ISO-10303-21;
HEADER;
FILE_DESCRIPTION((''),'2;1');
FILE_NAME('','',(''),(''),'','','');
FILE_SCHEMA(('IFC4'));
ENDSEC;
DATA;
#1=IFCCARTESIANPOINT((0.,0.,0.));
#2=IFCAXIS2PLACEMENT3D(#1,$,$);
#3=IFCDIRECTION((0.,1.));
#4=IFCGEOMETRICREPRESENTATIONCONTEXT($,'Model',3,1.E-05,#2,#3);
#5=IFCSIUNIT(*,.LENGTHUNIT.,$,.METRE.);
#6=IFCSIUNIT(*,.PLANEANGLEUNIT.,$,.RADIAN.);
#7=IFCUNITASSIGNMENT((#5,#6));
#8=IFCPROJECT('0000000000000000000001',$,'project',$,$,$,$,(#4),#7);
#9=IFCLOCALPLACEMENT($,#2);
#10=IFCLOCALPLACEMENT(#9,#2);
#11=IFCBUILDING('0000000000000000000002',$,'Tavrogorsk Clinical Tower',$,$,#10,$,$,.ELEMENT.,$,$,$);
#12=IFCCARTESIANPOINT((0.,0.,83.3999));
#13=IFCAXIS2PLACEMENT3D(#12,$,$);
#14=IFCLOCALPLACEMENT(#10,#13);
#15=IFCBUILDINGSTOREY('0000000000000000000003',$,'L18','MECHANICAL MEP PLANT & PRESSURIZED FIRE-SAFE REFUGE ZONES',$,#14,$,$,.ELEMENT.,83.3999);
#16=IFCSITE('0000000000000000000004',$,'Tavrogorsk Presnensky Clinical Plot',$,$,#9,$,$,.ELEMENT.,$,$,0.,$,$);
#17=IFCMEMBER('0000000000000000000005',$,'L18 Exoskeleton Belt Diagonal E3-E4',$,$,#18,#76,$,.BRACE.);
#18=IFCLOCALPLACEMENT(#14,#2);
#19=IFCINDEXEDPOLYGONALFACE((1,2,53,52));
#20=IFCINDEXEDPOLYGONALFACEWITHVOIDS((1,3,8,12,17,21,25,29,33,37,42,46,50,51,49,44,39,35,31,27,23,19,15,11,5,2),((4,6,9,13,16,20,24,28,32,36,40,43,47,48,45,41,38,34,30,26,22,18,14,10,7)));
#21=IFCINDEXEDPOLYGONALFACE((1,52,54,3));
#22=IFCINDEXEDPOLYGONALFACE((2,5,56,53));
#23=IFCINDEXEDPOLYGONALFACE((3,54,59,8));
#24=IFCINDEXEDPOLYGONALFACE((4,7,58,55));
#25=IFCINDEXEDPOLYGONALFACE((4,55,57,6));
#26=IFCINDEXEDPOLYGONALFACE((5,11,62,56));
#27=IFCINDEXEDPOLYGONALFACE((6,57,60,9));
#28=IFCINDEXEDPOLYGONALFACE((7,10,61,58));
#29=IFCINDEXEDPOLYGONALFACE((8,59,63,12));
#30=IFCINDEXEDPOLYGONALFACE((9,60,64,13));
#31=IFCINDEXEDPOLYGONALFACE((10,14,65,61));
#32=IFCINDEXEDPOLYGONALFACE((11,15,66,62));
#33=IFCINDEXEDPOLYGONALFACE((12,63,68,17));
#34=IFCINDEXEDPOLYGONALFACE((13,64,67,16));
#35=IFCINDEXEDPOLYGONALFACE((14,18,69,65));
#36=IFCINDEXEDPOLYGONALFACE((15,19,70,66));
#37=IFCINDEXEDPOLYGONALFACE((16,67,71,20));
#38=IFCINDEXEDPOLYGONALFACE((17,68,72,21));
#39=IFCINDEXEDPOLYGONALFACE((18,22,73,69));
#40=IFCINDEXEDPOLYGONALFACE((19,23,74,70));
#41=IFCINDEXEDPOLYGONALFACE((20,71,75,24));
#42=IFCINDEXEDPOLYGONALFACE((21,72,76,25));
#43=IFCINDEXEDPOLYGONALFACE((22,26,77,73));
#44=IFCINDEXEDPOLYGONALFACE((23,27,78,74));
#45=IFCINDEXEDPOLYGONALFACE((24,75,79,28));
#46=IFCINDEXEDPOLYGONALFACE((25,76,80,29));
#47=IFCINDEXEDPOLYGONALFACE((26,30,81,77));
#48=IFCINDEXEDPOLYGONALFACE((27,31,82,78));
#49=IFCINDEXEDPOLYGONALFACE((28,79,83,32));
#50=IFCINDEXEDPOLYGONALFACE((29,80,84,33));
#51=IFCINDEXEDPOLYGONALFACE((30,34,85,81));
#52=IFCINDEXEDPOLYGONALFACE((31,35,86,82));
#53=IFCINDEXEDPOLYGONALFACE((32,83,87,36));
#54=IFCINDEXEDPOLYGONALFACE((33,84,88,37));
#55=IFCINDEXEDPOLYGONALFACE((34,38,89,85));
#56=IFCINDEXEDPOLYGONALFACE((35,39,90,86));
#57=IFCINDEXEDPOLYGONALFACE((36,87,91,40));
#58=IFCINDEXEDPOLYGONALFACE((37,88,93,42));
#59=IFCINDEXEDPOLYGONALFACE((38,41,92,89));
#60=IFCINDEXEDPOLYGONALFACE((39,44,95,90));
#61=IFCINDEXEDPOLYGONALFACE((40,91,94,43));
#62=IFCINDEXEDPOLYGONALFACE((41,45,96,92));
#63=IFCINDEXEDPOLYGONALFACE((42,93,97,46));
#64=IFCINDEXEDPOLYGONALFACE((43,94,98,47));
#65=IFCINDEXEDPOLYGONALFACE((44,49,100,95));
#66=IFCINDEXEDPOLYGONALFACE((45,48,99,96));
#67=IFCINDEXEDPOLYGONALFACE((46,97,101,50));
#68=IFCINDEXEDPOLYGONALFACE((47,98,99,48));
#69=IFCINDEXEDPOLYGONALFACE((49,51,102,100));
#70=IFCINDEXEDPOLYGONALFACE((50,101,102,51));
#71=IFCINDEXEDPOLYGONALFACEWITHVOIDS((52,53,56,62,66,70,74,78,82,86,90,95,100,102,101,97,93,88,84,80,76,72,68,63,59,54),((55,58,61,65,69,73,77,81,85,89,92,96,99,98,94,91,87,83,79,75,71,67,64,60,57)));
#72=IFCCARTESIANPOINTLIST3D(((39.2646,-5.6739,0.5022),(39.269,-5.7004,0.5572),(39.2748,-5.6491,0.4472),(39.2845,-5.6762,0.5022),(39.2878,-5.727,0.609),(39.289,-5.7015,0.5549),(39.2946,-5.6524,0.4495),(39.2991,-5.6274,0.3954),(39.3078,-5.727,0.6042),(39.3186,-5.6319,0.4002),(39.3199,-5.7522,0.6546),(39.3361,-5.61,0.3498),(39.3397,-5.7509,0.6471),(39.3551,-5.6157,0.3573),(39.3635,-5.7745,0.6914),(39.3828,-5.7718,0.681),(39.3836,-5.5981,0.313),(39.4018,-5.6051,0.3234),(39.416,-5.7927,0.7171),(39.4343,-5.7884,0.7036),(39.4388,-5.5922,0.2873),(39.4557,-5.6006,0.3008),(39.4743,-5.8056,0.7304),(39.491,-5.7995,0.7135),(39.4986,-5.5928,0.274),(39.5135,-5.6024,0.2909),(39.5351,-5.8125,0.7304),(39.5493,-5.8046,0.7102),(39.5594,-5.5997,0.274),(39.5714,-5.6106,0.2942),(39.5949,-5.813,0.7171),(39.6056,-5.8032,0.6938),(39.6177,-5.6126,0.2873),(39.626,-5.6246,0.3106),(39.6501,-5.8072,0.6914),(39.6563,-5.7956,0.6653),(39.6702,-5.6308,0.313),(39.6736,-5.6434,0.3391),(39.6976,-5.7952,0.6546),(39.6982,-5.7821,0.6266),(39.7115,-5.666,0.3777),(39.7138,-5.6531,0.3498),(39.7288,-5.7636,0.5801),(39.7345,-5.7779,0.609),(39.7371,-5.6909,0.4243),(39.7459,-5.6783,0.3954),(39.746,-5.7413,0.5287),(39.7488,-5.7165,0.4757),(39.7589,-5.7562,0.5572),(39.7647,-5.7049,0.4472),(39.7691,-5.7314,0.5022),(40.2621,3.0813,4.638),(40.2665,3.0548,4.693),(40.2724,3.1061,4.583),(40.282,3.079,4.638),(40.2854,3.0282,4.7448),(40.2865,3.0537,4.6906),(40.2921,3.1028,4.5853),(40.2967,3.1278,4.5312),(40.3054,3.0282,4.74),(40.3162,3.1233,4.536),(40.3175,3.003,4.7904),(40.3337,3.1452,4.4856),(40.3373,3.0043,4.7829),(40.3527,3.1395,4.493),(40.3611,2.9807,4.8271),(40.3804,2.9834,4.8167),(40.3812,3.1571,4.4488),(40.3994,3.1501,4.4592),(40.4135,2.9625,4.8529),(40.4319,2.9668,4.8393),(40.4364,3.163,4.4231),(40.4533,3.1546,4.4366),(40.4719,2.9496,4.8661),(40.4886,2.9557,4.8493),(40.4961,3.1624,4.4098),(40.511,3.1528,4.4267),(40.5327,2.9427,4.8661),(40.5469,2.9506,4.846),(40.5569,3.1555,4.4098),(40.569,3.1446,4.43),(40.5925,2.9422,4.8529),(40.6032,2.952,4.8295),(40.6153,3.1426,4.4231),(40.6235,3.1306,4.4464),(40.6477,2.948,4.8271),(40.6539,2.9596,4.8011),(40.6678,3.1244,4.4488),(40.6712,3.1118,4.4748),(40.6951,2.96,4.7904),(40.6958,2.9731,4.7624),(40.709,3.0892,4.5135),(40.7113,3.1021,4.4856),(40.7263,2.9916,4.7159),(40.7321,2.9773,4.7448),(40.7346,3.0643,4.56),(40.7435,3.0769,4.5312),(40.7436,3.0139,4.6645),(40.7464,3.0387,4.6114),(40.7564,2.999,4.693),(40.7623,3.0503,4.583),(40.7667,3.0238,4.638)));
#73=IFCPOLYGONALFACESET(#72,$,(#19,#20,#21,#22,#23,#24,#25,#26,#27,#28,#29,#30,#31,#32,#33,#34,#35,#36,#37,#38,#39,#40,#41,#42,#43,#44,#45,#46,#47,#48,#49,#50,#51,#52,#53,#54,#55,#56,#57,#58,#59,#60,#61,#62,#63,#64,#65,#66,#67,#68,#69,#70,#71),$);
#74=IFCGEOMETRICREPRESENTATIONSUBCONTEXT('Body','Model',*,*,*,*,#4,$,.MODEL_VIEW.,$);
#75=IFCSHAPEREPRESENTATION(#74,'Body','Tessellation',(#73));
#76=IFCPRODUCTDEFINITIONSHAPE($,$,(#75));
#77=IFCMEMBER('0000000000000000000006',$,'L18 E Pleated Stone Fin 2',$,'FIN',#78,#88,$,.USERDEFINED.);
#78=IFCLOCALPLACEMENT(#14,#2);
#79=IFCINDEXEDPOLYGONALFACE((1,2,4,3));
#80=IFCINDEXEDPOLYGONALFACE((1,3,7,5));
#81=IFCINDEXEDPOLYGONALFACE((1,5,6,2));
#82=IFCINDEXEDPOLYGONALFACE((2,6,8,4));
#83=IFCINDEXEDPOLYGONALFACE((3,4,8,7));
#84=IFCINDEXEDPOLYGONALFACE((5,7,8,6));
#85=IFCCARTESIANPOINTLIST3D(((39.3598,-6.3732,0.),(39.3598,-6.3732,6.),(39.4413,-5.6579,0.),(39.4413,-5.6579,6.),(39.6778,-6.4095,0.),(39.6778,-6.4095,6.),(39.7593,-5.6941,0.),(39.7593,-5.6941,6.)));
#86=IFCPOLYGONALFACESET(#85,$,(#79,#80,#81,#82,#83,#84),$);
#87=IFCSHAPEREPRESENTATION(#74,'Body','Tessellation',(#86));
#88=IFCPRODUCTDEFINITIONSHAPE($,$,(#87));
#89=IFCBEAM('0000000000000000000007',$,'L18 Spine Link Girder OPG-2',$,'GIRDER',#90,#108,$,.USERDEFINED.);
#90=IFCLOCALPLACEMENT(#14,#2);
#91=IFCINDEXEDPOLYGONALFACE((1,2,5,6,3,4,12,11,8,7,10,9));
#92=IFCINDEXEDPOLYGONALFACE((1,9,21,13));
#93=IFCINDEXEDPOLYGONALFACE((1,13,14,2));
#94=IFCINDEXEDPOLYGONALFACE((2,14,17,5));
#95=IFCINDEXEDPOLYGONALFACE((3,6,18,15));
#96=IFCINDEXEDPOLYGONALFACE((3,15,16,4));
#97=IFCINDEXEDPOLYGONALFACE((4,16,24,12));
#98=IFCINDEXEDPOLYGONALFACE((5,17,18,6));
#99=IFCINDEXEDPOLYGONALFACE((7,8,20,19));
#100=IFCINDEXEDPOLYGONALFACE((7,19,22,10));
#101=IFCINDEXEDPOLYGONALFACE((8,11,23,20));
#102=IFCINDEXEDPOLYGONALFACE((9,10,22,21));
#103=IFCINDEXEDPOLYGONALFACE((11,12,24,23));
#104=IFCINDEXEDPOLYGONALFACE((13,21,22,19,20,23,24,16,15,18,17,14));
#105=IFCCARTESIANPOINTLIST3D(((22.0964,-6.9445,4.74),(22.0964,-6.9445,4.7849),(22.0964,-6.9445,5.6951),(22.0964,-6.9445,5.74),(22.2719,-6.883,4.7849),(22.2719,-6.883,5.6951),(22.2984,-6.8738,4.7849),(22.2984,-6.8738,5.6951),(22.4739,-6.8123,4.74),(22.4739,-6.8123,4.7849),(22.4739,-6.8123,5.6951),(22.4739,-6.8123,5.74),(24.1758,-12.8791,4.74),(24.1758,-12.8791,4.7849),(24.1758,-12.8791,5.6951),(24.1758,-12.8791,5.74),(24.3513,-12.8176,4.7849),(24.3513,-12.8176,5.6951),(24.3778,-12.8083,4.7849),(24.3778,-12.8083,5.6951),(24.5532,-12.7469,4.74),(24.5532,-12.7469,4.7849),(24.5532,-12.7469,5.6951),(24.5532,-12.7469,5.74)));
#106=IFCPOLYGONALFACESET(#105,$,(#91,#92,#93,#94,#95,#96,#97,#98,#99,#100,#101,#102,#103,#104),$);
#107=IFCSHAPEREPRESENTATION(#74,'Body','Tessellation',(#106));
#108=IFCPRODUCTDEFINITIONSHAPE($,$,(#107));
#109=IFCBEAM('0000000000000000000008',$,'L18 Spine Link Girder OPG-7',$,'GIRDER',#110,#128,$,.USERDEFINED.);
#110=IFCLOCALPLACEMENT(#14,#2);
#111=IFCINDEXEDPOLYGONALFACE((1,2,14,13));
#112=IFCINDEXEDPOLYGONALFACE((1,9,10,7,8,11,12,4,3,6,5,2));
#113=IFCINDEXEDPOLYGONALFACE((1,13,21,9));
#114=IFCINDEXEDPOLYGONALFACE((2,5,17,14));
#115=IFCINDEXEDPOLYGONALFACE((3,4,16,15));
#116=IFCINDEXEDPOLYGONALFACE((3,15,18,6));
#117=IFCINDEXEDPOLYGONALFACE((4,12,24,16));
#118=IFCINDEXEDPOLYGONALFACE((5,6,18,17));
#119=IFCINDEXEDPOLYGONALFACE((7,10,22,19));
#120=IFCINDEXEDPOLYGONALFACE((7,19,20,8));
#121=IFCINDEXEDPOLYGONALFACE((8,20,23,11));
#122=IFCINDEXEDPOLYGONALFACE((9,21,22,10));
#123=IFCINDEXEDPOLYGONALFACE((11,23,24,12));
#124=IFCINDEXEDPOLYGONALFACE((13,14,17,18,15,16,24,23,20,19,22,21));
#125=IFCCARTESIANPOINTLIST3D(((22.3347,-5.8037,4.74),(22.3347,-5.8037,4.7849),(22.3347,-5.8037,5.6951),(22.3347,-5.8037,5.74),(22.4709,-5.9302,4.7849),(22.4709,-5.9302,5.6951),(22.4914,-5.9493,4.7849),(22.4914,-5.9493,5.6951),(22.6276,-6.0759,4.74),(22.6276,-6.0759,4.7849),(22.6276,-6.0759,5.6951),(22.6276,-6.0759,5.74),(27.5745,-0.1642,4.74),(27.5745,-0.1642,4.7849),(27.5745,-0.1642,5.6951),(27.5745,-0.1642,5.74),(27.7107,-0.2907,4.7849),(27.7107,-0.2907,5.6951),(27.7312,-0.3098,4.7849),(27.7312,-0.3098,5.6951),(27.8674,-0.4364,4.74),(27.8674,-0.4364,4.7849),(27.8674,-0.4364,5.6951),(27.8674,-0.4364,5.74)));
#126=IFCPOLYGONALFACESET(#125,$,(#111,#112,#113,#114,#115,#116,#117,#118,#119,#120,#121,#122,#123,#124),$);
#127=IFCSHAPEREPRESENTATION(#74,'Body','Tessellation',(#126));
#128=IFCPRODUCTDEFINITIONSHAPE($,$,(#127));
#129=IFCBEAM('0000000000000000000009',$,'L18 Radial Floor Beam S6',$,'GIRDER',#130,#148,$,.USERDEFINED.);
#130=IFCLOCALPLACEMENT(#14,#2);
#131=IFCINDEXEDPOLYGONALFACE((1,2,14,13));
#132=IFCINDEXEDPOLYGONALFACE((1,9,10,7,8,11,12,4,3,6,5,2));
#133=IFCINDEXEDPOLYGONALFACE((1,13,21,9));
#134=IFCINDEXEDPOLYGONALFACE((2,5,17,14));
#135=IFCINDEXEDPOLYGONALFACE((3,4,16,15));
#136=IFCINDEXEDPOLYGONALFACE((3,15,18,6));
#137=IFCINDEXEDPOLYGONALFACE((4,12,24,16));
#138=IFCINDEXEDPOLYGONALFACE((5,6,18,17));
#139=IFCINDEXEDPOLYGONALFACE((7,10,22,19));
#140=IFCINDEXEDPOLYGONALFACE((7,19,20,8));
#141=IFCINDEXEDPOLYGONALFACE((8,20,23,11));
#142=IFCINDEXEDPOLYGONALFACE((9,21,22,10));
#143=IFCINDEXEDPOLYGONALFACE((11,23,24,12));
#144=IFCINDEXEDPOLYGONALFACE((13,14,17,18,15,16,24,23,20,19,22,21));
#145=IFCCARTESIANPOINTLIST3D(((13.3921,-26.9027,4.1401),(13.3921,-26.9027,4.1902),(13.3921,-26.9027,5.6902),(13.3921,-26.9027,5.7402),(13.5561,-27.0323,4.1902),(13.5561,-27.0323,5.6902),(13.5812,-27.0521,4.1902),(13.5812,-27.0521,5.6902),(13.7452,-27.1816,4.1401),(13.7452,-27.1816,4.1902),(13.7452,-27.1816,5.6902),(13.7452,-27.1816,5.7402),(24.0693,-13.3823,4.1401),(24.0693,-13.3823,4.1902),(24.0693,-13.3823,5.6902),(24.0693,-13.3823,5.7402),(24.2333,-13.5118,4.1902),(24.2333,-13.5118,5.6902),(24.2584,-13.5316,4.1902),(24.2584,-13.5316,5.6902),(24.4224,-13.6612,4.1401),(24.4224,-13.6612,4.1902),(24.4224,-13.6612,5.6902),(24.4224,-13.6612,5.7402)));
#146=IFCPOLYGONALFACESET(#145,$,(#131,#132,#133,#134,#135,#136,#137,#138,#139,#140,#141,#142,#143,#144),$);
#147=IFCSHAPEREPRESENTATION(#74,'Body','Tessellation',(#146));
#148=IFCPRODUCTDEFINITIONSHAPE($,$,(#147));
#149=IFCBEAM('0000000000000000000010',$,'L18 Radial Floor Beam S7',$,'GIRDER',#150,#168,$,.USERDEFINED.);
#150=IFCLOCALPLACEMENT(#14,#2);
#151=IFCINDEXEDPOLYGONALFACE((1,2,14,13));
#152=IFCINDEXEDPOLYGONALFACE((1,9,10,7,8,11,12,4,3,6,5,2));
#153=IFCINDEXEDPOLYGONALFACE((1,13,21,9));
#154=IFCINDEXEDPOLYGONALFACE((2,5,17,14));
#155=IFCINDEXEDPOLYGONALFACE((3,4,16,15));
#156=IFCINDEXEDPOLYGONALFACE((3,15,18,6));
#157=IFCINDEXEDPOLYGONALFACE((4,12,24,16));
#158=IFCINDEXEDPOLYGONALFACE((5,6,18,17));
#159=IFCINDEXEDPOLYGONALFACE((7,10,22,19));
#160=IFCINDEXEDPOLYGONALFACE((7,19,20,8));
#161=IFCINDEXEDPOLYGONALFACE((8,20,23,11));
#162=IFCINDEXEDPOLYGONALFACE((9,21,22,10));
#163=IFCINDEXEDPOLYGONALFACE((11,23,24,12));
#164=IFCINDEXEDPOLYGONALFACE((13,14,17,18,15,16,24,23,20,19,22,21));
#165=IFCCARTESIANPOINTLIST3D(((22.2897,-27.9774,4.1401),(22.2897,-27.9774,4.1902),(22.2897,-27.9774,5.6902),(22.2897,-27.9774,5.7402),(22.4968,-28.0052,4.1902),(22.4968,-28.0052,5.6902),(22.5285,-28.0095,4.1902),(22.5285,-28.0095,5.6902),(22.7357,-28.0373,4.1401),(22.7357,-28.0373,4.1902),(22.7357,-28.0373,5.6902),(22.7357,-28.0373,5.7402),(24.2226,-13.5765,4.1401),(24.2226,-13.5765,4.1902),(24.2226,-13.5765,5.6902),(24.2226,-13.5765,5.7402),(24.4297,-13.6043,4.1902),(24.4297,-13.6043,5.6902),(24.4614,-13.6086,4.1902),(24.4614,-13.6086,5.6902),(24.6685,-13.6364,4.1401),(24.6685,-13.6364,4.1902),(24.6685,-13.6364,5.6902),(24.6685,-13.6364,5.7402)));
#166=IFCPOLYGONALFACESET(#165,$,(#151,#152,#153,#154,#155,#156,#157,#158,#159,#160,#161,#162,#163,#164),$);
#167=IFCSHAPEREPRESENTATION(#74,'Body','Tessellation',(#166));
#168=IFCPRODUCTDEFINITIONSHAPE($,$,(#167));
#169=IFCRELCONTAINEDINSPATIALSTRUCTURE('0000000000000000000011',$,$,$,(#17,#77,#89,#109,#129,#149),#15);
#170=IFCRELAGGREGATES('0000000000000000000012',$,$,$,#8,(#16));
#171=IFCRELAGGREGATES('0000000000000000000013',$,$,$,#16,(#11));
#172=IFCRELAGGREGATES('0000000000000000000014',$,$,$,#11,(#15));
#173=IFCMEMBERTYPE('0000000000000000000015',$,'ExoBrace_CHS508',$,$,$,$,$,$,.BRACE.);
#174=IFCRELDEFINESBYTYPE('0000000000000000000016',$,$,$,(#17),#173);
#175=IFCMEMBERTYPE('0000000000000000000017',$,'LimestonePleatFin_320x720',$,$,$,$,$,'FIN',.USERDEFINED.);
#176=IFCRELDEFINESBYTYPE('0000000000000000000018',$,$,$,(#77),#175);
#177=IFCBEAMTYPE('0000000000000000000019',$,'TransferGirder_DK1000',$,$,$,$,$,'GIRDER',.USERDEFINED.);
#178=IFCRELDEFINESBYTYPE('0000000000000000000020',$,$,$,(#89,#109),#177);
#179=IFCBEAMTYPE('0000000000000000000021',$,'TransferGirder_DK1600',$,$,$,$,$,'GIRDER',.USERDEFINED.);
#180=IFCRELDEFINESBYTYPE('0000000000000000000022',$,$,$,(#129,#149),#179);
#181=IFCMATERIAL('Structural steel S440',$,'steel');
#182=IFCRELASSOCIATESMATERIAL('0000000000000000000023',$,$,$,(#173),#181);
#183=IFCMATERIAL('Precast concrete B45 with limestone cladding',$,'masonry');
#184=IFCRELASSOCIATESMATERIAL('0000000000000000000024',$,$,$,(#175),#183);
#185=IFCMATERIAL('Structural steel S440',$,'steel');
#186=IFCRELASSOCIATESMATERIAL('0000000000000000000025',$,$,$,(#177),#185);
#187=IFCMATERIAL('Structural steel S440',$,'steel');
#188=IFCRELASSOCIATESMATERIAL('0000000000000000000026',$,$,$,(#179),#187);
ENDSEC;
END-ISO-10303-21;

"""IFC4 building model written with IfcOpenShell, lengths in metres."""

from ifc_helpers import new_model, si_unit, direction, frame, origin, origin_2d, place, context, subcontext, project, spatial, rectangle, hollow_circle, i_section, extrude, material, material_profile, profile_set, type_object, element, save


model = new_model("IFC4")

# Units and contexts
model_context = context("Model", 3, precision=1e-05, world=origin(), true_north=direction((0.0, 1.0)))
body_context = subcontext(model_context, "Body", "Model", "MODEL_VIEW")
ifc_project = project(units=[si_unit("LENGTHUNIT", "METRE"), si_unit("PLANEANGLEUNIT", "RADIAN")], contexts=[model_context])

# Site, building, storey
site_placement = place(None, origin())
site = spatial("IfcSite", under=ifc_project, at=site_placement, Name="Tavrogorsk Presnensky Clinical Plot", CompositionType="ELEMENT", RefElevation=0.0)
building_placement = place(site_placement, origin())
building = spatial("IfcBuilding", under=site, at=building_placement, Name="Tavrogorsk Clinical Tower", CompositionType="ELEMENT")
storey_placement = place(building_placement, frame((0.0, 0.0, 83.3999)))
storey = spatial("IfcBuildingStorey", under=building, at=storey_placement, Name="L18", Description="MECHANICAL MEP PLANT & PRESSURIZED FIRE-SAFE REFUGE ZONES", CompositionType="ELEMENT", Elevation=83.3999)

# Members
ifc_material_1 = material(Name="Structural steel S440", Category="steel")
ifc_material_profile_1 = material_profile(ifc_material_1, hollow_circle(Radius=0.2539, WallThickness=0.02, at=origin_2d()), Name="CHS-508x20")
ifc_profile_set_1 = profile_set([ifc_material_profile_1], Name="Structural steel S440")
member_type_1 = type_object("IfcMemberType", Name="ExoBrace_CHS508", PredefinedType="BRACE", material=ifc_profile_set_1)
for number, where, z_axis, x_axis, name in (
    (1, (39.5168, -5.7026, 0.5022), (0.102481, 0.899433, 0.424874), (-0.993571, 0.113207, 0.0), "L18 Exoskeleton Belt Diagonal E3-E4"),
):
    element("IfcMember", number, at=place(storey_placement, frame(where, z_axis=z_axis, x_axis=x_axis)), inside=storey, type_object=member_type_1, Name=name, PredefinedType="BRACE", context=body_context, shape_type="SweptSolid", body=[
        extrude(hollow_circle(Radius=0.2539, WallThickness=0.02, at=origin_2d()), origin(), (0.0, 0.0, 1.0), 9.7341),
    ])
ifc_material_2 = material(Name="Precast concrete B45 with limestone cladding", Category="masonry")
ifc_material_profile_2 = material_profile(ifc_material_2, rectangle(XDim=0.3201, YDim=0.72, at=origin_2d()), Name="LIMESTONE-FIN-320x720")
ifc_profile_set_2 = profile_set([ifc_material_profile_2], Name="Precast concrete B45 with limestone cladding")
member_type_2 = type_object("IfcMemberType", Name="LimestonePleatFin_320x720", ElementType="FIN", PredefinedType="USERDEFINED", material=ifc_profile_set_2)
member_placement = place(storey_placement, frame((39.5596, -6.0337, 0.0), z_axis=(0.0, 0.0, 1.0), x_axis=(0.993572, -0.113203, 0.0)))
element("IfcMember", 2, at=member_placement, inside=storey, type_object=member_type_2, Name="L18 E Pleated Stone Fin 2", ObjectType="FIN", PredefinedType="USERDEFINED", context=body_context, shape_type="SweptSolid", body=[
    extrude(rectangle(XDim=0.3201, YDim=0.72, at=origin_2d()), origin(), (0.0, 0.0, 1.0), 6.0),
])

# Beams
ifc_material_3 = material(Name="Structural steel S440", Category="steel")
ifc_material_profile_3 = material_profile(ifc_material_3, i_section(OverallWidth=0.3999, OverallDepth=1.0, WebThickness=0.0281, FlangeThickness=0.0449, at=origin_2d()), Name="DK-1000x400x28x45")
ifc_profile_set_3 = profile_set([ifc_material_profile_3], Name="Structural steel S440")
beam_type_1 = type_object("IfcBeamType", Name="TransferGirder_DK1000", ElementType="GIRDER", PredefinedType="USERDEFINED", material=ifc_profile_set_3)
beam_1_placement = place(storey_placement, frame((24.3645, -12.813, 5.24), z_axis=(-0.330669, 0.943747, 0.0), x_axis=(-0.943747, -0.330669, 0.0)))
element("IfcBeam", 3, at=beam_1_placement, inside=storey, type_object=beam_type_1, Name="L18 Spine Link Girder OPG-2", ObjectType="GIRDER", PredefinedType="USERDEFINED", context=body_context, shape_type="SweptSolid", body=[
    extrude(i_section(OverallWidth=0.3999, OverallDepth=1.0, WebThickness=0.0281, FlangeThickness=0.0449, at=origin_2d()), origin(), (0.0, 0.0, 1.0), 6.2883),
])
beam_2_placement = place(storey_placement, frame((27.7209, -0.3003, 5.24), z_axis=(-0.680671, -0.732589, 0.0), x_axis=(0.732589, -0.680671, 0.0)))
element("IfcBeam", 4, at=beam_2_placement, inside=storey, type_object=beam_type_1, Name="L18 Spine Link Girder OPG-7", ObjectType="GIRDER", PredefinedType="USERDEFINED", context=body_context, shape_type="SweptSolid", body=[
    extrude(i_section(OverallWidth=0.3999, OverallDepth=1.0, WebThickness=0.0281, FlangeThickness=0.0449, at=origin_2d()), origin(), (0.0, 0.0, 1.0), 7.698),
])
ifc_material_4 = material(Name="Structural steel S440", Category="steel")
ifc_material_profile_4 = material_profile(ifc_material_4, i_section(OverallWidth=0.45, OverallDepth=1.6001, WebThickness=0.032, FlangeThickness=0.05, at=origin_2d()), Name="DK-1600x450x32x50")
ifc_profile_set_4 = profile_set([ifc_material_profile_4], Name="Structural steel S440")
beam_type_2 = type_object("IfcBeamType", Name="TransferGirder_DK1600", ElementType="GIRDER", PredefinedType="USERDEFINED", material=ifc_profile_set_4)
beam_3_placement = place(storey_placement, frame((24.2458, -13.5217, 4.9402), z_axis=(-0.619757, -0.784794, 0.0), x_axis=(0.784794, -0.619757, 0.0)))
element("IfcBeam", 5, at=beam_3_placement, inside=storey, type_object=beam_type_2, Name="L18 Radial Floor Beam S6", ObjectType="GIRDER", PredefinedType="USERDEFINED", context=body_context, shape_type="SweptSolid", body=[
    extrude(i_section(OverallWidth=0.45, OverallDepth=1.6001, WebThickness=0.032, FlangeThickness=0.05, at=origin_2d()), origin(), (0.0, 0.0, 1.0), 17.228),
])
beam_4_placement = place(storey_placement, frame((24.4456, -13.6064, 4.9402), z_axis=(-0.133025, -0.991113, 0.0), x_axis=(0.991113, -0.133025, 0.0)))
element("IfcBeam", 6, at=beam_4_placement, inside=storey, type_object=beam_type_2, Name="L18 Radial Floor Beam S7", ObjectType="GIRDER", PredefinedType="USERDEFINED", context=body_context, shape_type="SweptSolid", body=[
    extrude(i_section(OverallWidth=0.45, OverallDepth=1.6001, WebThickness=0.032, FlangeThickness=0.05, at=origin_2d()), origin(), (0.0, 0.0, 1.0), 14.53),
])

save(model, "model.ifc")
